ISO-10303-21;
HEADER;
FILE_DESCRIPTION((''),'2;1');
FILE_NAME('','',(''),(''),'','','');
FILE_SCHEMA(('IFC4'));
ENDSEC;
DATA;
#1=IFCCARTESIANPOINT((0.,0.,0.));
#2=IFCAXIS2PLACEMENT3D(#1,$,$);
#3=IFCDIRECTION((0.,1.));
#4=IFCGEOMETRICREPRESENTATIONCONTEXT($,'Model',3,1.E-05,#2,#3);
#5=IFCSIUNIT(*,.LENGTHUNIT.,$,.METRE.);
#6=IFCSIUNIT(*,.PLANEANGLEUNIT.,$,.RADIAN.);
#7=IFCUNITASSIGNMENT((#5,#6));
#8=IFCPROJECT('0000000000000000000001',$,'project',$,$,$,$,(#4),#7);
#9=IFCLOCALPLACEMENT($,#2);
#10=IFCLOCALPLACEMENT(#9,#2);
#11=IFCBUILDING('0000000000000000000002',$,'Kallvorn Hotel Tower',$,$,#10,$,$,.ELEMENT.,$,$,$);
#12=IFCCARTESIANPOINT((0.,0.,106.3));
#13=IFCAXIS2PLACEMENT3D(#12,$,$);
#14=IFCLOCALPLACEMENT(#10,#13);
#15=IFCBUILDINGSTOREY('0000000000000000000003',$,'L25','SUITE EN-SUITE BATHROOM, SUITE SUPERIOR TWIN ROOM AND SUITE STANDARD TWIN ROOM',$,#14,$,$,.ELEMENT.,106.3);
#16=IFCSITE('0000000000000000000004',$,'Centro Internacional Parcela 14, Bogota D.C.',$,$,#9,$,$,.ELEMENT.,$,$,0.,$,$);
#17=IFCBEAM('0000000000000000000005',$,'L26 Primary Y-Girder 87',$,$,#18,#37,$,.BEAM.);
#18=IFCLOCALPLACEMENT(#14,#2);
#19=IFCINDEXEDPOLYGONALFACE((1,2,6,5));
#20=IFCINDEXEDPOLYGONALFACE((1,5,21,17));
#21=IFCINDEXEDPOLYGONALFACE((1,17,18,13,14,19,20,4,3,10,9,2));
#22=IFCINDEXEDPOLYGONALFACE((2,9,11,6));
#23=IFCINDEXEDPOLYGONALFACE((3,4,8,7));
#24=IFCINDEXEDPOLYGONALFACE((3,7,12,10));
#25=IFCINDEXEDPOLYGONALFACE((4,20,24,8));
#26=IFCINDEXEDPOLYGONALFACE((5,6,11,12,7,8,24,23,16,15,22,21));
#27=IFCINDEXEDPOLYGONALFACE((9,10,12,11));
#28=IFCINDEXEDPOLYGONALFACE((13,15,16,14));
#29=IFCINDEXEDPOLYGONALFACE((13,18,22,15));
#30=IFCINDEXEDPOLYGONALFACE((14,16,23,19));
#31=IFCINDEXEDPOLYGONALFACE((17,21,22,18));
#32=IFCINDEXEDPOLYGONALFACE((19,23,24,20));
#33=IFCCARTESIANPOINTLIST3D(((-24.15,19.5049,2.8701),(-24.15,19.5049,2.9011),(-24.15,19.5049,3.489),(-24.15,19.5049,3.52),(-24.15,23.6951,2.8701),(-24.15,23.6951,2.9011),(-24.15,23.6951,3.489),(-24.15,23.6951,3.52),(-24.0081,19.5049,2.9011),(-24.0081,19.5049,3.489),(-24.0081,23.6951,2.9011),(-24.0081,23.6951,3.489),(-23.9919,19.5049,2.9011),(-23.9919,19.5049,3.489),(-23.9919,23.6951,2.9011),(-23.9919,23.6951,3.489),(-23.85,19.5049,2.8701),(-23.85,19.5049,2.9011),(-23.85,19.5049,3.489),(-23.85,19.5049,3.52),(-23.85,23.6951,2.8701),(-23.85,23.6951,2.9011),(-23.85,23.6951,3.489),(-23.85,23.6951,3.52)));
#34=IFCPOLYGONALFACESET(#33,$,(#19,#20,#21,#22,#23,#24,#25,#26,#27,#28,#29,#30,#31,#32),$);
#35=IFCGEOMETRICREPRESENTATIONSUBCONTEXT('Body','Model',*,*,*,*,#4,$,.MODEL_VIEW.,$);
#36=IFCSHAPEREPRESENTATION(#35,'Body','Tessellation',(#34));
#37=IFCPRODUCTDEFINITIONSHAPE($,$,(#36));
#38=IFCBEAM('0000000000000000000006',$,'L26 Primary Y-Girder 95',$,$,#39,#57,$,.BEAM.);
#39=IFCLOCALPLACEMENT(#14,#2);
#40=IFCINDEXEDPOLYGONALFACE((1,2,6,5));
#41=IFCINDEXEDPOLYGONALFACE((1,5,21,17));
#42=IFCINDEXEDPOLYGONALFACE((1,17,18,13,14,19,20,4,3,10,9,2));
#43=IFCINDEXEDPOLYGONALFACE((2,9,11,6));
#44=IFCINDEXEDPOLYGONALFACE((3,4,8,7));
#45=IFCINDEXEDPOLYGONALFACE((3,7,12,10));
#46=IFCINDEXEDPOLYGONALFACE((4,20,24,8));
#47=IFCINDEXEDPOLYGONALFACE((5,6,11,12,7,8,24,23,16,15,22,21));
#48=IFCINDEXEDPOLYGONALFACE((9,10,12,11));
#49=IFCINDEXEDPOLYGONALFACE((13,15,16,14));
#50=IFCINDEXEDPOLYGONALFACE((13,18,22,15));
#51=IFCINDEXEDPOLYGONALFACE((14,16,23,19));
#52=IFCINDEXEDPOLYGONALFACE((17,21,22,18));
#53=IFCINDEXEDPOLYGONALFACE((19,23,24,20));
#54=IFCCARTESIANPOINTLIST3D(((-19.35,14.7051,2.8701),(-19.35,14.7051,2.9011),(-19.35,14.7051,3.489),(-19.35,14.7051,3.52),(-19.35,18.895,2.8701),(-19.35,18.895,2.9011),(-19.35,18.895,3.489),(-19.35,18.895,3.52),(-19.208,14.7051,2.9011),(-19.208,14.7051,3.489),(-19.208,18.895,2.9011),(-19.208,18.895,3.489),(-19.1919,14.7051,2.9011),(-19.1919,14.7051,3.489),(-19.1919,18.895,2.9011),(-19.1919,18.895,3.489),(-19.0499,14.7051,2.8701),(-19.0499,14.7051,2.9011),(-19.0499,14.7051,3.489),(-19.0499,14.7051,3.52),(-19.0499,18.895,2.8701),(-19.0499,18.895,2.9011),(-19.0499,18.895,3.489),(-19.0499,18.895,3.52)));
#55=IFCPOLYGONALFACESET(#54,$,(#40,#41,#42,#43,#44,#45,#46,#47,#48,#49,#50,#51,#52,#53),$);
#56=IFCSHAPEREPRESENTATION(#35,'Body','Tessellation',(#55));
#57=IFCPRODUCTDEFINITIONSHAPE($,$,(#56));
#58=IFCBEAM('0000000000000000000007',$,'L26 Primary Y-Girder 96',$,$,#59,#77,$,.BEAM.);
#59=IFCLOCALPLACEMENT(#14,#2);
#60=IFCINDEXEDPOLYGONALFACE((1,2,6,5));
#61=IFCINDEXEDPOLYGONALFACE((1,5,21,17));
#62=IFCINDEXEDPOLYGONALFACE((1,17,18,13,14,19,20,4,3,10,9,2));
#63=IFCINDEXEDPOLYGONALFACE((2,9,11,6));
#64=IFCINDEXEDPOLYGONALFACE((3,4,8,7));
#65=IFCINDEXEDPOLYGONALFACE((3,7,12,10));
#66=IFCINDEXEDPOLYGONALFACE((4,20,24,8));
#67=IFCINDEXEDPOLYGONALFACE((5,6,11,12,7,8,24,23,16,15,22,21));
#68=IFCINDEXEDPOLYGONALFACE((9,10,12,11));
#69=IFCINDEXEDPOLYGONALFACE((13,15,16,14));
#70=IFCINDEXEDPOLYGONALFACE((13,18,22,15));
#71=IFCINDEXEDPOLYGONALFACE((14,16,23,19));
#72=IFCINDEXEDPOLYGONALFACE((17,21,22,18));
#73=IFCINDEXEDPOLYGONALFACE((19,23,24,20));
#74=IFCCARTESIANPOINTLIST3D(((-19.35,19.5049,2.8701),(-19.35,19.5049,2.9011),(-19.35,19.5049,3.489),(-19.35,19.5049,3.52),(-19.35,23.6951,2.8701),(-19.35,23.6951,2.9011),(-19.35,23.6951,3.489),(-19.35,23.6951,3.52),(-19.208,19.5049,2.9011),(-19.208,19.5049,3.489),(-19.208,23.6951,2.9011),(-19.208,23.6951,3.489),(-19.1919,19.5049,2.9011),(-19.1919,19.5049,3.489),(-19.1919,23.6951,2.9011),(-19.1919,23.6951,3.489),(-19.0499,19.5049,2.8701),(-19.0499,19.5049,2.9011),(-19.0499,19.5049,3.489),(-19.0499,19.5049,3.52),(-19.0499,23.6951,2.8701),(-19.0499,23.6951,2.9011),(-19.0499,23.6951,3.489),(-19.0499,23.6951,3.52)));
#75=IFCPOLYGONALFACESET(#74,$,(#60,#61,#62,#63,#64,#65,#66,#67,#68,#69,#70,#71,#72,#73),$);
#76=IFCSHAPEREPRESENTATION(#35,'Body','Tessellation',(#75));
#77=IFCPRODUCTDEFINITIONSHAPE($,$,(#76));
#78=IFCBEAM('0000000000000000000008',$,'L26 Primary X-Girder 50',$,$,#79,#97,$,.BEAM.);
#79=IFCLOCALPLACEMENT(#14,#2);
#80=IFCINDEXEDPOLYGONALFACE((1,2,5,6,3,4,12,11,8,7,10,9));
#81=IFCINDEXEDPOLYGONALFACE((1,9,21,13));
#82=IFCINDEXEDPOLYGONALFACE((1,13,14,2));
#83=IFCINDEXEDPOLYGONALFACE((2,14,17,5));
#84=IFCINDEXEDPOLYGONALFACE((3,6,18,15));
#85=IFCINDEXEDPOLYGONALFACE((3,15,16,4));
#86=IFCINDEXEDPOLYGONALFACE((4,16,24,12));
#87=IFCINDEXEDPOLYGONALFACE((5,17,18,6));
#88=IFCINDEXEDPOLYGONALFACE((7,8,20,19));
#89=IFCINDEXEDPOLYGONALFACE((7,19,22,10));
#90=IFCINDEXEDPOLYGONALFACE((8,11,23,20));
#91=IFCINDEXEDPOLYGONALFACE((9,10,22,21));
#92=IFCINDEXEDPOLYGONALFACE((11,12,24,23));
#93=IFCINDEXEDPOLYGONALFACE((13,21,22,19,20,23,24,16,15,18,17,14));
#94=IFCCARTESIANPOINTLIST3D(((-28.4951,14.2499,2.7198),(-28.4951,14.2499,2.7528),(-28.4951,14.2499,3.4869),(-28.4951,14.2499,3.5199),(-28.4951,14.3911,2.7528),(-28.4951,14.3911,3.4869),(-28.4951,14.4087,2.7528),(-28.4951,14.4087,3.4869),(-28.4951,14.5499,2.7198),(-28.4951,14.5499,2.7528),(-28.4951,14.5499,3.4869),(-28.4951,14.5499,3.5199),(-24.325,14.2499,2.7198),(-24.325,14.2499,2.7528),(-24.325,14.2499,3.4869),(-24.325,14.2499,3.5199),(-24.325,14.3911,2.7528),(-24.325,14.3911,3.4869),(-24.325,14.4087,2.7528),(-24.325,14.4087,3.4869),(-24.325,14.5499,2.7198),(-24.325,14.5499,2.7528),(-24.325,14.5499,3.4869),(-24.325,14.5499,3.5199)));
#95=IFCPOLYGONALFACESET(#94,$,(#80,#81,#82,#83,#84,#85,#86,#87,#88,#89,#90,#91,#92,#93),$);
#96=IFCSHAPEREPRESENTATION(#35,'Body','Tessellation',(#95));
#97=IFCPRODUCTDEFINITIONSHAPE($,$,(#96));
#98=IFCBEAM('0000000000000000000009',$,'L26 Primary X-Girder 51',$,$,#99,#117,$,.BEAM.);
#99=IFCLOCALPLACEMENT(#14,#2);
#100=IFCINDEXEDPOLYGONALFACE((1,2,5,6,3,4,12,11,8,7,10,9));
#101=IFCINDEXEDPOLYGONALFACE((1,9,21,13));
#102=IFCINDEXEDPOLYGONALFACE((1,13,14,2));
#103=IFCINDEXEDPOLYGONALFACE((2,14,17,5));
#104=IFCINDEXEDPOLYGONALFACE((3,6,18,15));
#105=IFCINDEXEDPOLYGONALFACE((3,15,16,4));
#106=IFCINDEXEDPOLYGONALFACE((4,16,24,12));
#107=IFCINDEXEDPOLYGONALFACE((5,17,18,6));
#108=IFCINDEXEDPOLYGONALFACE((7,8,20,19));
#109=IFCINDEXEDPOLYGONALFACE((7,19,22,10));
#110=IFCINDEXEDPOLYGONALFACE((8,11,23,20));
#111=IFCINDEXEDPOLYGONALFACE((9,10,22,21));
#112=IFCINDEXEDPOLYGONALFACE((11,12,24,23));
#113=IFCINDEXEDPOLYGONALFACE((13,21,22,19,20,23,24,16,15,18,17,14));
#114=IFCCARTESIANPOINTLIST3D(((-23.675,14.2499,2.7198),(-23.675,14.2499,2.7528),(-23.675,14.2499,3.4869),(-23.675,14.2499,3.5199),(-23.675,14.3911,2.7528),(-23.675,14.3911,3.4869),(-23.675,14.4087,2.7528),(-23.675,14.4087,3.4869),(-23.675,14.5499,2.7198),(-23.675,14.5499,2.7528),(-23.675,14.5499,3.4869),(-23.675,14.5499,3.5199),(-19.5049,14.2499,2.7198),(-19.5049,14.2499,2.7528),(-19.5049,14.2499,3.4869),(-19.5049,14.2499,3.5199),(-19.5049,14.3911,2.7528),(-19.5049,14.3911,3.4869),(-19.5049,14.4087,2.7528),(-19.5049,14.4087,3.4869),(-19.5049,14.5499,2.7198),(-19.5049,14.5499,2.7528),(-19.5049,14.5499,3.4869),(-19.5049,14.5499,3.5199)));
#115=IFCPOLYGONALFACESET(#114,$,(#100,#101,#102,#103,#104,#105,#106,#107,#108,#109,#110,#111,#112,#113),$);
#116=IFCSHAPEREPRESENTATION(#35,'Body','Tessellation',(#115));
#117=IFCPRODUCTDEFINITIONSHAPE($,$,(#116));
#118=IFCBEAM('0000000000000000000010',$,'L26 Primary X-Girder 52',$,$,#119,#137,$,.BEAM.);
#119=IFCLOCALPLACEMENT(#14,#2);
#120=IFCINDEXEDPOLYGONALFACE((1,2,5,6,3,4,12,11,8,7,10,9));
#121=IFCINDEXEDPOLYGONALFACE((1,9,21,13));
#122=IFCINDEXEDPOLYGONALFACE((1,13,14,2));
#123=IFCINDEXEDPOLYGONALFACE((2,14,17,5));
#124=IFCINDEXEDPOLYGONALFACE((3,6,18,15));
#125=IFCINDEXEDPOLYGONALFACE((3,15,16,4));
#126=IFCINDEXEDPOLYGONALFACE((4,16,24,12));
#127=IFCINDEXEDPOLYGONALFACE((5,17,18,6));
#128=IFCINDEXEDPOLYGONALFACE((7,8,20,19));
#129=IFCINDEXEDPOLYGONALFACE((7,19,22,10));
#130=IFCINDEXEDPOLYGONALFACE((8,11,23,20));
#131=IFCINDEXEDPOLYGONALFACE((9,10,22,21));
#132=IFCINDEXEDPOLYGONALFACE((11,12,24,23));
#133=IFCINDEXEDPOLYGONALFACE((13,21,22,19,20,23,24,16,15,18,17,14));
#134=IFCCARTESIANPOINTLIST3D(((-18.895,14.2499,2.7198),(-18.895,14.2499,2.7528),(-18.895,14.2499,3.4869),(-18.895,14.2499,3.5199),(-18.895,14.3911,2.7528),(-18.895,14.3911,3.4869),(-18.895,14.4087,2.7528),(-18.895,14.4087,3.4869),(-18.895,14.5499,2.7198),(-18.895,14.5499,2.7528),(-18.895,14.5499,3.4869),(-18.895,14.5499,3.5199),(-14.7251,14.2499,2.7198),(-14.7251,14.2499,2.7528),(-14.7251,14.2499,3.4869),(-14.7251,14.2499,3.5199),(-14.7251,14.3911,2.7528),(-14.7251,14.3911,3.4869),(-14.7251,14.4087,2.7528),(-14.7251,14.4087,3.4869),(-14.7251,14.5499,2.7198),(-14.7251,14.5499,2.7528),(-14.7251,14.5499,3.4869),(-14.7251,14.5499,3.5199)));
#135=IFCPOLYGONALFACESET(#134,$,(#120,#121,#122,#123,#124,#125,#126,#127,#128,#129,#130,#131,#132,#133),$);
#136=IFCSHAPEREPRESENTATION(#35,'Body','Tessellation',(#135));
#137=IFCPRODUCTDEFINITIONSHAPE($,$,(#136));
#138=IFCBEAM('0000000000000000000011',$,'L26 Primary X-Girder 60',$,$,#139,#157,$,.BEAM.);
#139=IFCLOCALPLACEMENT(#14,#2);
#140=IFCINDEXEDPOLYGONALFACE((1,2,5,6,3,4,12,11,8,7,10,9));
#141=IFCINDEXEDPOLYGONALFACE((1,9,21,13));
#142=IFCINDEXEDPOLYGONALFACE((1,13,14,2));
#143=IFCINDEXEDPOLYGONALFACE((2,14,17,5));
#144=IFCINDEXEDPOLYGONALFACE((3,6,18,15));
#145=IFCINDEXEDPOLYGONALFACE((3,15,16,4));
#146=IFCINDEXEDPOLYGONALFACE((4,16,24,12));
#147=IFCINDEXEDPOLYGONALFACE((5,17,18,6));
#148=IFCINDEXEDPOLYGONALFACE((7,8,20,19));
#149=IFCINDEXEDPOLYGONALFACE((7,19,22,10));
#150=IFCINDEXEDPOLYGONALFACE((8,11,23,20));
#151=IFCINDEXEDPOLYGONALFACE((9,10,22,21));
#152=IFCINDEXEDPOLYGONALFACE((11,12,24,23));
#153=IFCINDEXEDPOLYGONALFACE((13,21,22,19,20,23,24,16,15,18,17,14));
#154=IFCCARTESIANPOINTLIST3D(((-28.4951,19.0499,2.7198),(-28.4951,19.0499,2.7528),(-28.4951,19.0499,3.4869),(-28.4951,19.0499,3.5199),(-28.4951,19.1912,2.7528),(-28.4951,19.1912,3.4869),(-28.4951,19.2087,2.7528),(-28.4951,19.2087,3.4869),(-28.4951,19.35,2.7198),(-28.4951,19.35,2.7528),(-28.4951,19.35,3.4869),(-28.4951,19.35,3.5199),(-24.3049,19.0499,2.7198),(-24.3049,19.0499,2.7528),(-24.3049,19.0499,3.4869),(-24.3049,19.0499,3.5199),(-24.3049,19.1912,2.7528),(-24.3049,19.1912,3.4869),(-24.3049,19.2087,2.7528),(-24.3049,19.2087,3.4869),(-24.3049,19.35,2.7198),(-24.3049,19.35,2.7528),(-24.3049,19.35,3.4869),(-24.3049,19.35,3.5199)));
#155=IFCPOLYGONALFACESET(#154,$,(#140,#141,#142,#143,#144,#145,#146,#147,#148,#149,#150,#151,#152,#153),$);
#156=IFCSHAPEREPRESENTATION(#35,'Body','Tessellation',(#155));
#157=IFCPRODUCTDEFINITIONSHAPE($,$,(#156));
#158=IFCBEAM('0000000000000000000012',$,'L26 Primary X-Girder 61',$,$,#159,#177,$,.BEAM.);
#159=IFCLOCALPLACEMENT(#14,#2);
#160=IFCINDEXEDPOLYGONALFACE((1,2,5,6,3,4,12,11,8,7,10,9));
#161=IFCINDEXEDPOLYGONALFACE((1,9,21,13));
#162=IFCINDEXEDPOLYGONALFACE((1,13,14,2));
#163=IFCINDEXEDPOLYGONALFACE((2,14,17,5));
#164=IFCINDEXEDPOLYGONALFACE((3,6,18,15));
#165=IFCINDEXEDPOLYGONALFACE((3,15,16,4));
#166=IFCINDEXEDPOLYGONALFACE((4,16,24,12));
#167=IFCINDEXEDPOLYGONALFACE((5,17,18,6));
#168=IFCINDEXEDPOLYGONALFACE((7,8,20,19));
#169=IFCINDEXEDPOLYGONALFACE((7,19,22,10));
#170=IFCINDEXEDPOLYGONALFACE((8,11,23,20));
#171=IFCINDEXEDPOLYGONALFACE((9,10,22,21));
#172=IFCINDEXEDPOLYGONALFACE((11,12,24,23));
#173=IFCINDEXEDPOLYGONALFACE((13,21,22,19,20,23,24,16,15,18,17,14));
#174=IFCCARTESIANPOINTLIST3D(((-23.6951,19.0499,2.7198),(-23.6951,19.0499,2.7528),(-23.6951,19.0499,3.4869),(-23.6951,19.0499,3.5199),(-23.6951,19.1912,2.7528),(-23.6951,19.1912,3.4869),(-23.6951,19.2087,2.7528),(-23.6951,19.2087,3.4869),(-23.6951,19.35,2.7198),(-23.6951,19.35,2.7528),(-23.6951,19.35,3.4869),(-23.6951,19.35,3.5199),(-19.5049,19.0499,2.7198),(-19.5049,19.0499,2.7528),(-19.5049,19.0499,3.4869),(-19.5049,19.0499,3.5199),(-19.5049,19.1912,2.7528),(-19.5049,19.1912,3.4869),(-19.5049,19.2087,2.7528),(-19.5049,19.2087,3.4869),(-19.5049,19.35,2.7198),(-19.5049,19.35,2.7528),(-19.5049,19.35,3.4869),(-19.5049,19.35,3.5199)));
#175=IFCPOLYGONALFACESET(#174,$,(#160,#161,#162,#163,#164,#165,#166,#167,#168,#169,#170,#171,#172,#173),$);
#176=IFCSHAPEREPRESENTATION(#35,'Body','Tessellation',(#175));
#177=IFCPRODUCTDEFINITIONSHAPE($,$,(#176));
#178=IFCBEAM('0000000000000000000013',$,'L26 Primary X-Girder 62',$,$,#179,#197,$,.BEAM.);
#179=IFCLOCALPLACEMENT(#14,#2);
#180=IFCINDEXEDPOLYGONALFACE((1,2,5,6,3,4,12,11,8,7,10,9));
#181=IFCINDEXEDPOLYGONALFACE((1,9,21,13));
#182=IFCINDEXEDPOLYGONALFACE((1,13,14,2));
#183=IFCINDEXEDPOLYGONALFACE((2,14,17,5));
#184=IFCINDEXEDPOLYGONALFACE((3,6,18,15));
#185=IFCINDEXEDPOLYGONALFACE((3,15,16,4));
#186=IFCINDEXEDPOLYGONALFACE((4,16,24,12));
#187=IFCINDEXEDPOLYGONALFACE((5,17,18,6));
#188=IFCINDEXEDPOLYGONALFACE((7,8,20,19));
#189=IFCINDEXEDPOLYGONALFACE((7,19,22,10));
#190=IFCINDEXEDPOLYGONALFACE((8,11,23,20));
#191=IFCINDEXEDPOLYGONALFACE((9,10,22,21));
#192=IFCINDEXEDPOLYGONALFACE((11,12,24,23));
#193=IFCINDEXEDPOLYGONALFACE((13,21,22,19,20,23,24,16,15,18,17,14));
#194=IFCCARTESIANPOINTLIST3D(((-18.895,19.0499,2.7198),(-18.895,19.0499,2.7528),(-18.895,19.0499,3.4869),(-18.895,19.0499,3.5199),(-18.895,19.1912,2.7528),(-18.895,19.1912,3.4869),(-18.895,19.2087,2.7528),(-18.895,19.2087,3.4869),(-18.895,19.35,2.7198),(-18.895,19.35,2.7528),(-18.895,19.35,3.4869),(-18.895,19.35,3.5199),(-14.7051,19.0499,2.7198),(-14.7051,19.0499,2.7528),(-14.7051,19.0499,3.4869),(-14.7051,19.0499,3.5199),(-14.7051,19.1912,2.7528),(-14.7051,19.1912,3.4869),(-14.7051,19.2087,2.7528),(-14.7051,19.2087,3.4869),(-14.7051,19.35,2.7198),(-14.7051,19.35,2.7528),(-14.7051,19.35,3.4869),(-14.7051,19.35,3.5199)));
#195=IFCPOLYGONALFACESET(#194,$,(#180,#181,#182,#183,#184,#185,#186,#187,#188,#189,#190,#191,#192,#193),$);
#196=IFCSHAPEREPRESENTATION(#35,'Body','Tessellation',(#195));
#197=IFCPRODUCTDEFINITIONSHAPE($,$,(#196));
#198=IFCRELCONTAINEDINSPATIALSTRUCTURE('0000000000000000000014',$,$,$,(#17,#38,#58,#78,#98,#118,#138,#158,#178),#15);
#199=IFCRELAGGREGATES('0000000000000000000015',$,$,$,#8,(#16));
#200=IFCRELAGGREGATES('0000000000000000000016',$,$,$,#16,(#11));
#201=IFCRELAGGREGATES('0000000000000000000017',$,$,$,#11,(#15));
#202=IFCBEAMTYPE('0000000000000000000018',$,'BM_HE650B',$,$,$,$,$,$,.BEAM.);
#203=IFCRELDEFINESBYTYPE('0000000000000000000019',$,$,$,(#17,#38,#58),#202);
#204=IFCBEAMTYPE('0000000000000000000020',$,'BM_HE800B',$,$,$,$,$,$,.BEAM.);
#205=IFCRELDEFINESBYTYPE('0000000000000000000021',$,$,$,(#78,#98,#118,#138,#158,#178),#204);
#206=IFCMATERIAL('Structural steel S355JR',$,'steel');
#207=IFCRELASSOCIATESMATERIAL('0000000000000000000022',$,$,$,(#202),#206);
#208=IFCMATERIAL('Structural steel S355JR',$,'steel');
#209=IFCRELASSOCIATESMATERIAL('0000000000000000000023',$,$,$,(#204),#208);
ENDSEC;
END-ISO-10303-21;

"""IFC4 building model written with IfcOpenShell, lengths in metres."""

from ifc_helpers import new_model, si_unit, direction, frame, origin, origin_2d, place, context, subcontext, project, spatial, i_section, extrude, material, material_profile, profile_set, type_object, element, save


model = new_model("IFC4")

# Units and contexts
model_context = context("Model", 3, precision=1e-05, world=origin(), true_north=direction((0.0, 1.0)))
body_context = subcontext(model_context, "Body", "Model", "MODEL_VIEW")
ifc_project = project(units=[si_unit("LENGTHUNIT", "METRE"), si_unit("PLANEANGLEUNIT", "RADIAN")], contexts=[model_context])

# Site, building, storey
site_placement = place(None, origin())
site = spatial("IfcSite", under=ifc_project, at=site_placement, Name="Centro Internacional Parcela 14, Bogota D.C.", CompositionType="ELEMENT", RefElevation=0.0)
building_placement = place(site_placement, origin())
building = spatial("IfcBuilding", under=site, at=building_placement, Name="Kallvorn Hotel Tower", CompositionType="ELEMENT")
storey_placement = place(building_placement, frame((0.0, 0.0, 106.3)))
storey = spatial("IfcBuildingStorey", under=building, at=storey_placement, Name="L25", Description="SUITE EN-SUITE BATHROOM, SUITE SUPERIOR TWIN ROOM AND SUITE STANDARD TWIN ROOM", CompositionType="ELEMENT", Elevation=106.3)

# Beams
ifc_material_1 = material(Name="Structural steel S355JR", Category="steel")
ifc_material_profile_1 = material_profile(ifc_material_1, i_section(OverallWidth=0.3, OverallDepth=0.6499, WebThickness=0.0161, FlangeThickness=0.031, at=origin_2d()), Name="HE 650 B")
ifc_profile_set_1 = profile_set([ifc_material_profile_1], Name="Structural steel S355JR")
beam_type_1 = type_object("IfcBeamType", Name="BM_HE650B", PredefinedType="BEAM", material=ifc_profile_set_1)
beam_1_placement = place(storey_placement, frame((-24.0, 19.5049, 3.1951), z_axis=(0.0, 1.0, 0.0), x_axis=(-1.0, 0.0, 0.0)))
element("IfcBeam", 1, at=beam_1_placement, inside=storey, type_object=beam_type_1, Name="L26 Primary Y-Girder 87", PredefinedType="BEAM", context=body_context, shape_type="SweptSolid", body=[
    extrude(i_section(OverallWidth=0.3, OverallDepth=0.6499, WebThickness=0.0161, FlangeThickness=0.031, at=origin_2d()), origin(), (0.0, 0.0, 1.0), 4.1902),
])
beam_2_placement = place(storey_placement, frame((-19.2, 14.7051, 3.1951), z_axis=(0.0, 1.0, 0.0), x_axis=(-1.0, 0.0, 0.0)))
element("IfcBeam", 2, at=beam_2_placement, inside=storey, type_object=beam_type_1, Name="L26 Primary Y-Girder 95", PredefinedType="BEAM", context=body_context, shape_type="SweptSolid", body=[
    extrude(i_section(OverallWidth=0.3, OverallDepth=0.6499, WebThickness=0.0161, FlangeThickness=0.031, at=origin_2d()), origin(), (0.0, 0.0, 1.0), 4.1899),
])
beam_3_placement = place(storey_placement, frame((-19.2, 19.5049, 3.1951), z_axis=(0.0, 1.0, 0.0), x_axis=(-1.0, 0.0, 0.0)))
element("IfcBeam", 3, at=beam_3_placement, inside=storey, type_object=beam_type_1, Name="L26 Primary Y-Girder 96", PredefinedType="BEAM", context=body_context, shape_type="SweptSolid", body=[
    extrude(i_section(OverallWidth=0.3, OverallDepth=0.6499, WebThickness=0.0161, FlangeThickness=0.031, at=origin_2d()), origin(), (0.0, 0.0, 1.0), 4.1902),
])
ifc_material_2 = material(Name="Structural steel S355JR", Category="steel")
ifc_material_profile_2 = material_profile(ifc_material_2, i_section(OverallWidth=0.3, OverallDepth=0.8, WebThickness=0.0176, FlangeThickness=0.033, at=origin_2d()), Name="HE 800 B")
ifc_profile_set_2 = profile_set([ifc_material_profile_2], Name="Structural steel S355JR")
beam_type_2 = type_object("IfcBeamType", Name="BM_HE800B", PredefinedType="BEAM", material=ifc_profile_set_2)
for number, where, z_axis, x_axis, name in (
    (4, (-28.4951, 14.3999, 3.1199), (1.0, 0.0, 0.0), (0.0, 1.0, 0.0), "L26 Primary X-Girder 50"),
    (5, (-23.675, 14.3999, 3.1199), (1.0, 0.0, 0.0), (0.0, 1.0, 0.0), "L26 Primary X-Girder 51"),
):
    element("IfcBeam", number, at=place(storey_placement, frame(where, z_axis=z_axis, x_axis=x_axis)), inside=storey, type_object=beam_type_2, Name=name, PredefinedType="BEAM", context=body_context, shape_type="SweptSolid", body=[
        extrude(i_section(OverallWidth=0.3, OverallDepth=0.8, WebThickness=0.0176, FlangeThickness=0.033, at=origin_2d()), origin(), (0.0, 0.0, 1.0), 4.1702),
    ])
beam_4_placement = place(storey_placement, frame((-18.895, 14.3999, 3.1199), z_axis=(1.0, 0.0, 0.0), x_axis=(0.0, 1.0, 0.0)))
element("IfcBeam", 6, at=beam_4_placement, inside=storey, type_object=beam_type_2, Name="L26 Primary X-Girder 52", PredefinedType="BEAM", context=body_context, shape_type="SweptSolid", body=[
    extrude(i_section(OverallWidth=0.3, OverallDepth=0.8, WebThickness=0.0176, FlangeThickness=0.033, at=origin_2d()), origin(), (0.0, 0.0, 1.0), 4.1699),
])
for number, where, z_axis, x_axis, name in (
    (7, (-28.4951, 19.2, 3.1199), (1.0, 0.0, 0.0), (0.0, 1.0, 0.0), "L26 Primary X-Girder 60"),
    (8, (-23.6951, 19.2, 3.1199), (1.0, 0.0, 0.0), (0.0, 1.0, 0.0), "L26 Primary X-Girder 61"),
):
    element("IfcBeam", number, at=place(storey_placement, frame(where, z_axis=z_axis, x_axis=x_axis)), inside=storey, type_object=beam_type_2, Name=name, PredefinedType="BEAM", context=body_context, shape_type="SweptSolid", body=[
        extrude(i_section(OverallWidth=0.3, OverallDepth=0.8, WebThickness=0.0176, FlangeThickness=0.033, at=origin_2d()), origin(), (0.0, 0.0, 1.0), 4.1902),
    ])
beam_5_placement = place(storey_placement, frame((-18.895, 19.2, 3.1199), z_axis=(1.0, 0.0, 0.0), x_axis=(0.0, 1.0, 0.0)))
element("IfcBeam", 9, at=beam_5_placement, inside=storey, type_object=beam_type_2, Name="L26 Primary X-Girder 62", PredefinedType="BEAM", context=body_context, shape_type="SweptSolid", body=[
    extrude(i_section(OverallWidth=0.3, OverallDepth=0.8, WebThickness=0.0176, FlangeThickness=0.033, at=origin_2d()), origin(), (0.0, 0.0, 1.0), 4.1899),
])

save(model, "model.ifc")
